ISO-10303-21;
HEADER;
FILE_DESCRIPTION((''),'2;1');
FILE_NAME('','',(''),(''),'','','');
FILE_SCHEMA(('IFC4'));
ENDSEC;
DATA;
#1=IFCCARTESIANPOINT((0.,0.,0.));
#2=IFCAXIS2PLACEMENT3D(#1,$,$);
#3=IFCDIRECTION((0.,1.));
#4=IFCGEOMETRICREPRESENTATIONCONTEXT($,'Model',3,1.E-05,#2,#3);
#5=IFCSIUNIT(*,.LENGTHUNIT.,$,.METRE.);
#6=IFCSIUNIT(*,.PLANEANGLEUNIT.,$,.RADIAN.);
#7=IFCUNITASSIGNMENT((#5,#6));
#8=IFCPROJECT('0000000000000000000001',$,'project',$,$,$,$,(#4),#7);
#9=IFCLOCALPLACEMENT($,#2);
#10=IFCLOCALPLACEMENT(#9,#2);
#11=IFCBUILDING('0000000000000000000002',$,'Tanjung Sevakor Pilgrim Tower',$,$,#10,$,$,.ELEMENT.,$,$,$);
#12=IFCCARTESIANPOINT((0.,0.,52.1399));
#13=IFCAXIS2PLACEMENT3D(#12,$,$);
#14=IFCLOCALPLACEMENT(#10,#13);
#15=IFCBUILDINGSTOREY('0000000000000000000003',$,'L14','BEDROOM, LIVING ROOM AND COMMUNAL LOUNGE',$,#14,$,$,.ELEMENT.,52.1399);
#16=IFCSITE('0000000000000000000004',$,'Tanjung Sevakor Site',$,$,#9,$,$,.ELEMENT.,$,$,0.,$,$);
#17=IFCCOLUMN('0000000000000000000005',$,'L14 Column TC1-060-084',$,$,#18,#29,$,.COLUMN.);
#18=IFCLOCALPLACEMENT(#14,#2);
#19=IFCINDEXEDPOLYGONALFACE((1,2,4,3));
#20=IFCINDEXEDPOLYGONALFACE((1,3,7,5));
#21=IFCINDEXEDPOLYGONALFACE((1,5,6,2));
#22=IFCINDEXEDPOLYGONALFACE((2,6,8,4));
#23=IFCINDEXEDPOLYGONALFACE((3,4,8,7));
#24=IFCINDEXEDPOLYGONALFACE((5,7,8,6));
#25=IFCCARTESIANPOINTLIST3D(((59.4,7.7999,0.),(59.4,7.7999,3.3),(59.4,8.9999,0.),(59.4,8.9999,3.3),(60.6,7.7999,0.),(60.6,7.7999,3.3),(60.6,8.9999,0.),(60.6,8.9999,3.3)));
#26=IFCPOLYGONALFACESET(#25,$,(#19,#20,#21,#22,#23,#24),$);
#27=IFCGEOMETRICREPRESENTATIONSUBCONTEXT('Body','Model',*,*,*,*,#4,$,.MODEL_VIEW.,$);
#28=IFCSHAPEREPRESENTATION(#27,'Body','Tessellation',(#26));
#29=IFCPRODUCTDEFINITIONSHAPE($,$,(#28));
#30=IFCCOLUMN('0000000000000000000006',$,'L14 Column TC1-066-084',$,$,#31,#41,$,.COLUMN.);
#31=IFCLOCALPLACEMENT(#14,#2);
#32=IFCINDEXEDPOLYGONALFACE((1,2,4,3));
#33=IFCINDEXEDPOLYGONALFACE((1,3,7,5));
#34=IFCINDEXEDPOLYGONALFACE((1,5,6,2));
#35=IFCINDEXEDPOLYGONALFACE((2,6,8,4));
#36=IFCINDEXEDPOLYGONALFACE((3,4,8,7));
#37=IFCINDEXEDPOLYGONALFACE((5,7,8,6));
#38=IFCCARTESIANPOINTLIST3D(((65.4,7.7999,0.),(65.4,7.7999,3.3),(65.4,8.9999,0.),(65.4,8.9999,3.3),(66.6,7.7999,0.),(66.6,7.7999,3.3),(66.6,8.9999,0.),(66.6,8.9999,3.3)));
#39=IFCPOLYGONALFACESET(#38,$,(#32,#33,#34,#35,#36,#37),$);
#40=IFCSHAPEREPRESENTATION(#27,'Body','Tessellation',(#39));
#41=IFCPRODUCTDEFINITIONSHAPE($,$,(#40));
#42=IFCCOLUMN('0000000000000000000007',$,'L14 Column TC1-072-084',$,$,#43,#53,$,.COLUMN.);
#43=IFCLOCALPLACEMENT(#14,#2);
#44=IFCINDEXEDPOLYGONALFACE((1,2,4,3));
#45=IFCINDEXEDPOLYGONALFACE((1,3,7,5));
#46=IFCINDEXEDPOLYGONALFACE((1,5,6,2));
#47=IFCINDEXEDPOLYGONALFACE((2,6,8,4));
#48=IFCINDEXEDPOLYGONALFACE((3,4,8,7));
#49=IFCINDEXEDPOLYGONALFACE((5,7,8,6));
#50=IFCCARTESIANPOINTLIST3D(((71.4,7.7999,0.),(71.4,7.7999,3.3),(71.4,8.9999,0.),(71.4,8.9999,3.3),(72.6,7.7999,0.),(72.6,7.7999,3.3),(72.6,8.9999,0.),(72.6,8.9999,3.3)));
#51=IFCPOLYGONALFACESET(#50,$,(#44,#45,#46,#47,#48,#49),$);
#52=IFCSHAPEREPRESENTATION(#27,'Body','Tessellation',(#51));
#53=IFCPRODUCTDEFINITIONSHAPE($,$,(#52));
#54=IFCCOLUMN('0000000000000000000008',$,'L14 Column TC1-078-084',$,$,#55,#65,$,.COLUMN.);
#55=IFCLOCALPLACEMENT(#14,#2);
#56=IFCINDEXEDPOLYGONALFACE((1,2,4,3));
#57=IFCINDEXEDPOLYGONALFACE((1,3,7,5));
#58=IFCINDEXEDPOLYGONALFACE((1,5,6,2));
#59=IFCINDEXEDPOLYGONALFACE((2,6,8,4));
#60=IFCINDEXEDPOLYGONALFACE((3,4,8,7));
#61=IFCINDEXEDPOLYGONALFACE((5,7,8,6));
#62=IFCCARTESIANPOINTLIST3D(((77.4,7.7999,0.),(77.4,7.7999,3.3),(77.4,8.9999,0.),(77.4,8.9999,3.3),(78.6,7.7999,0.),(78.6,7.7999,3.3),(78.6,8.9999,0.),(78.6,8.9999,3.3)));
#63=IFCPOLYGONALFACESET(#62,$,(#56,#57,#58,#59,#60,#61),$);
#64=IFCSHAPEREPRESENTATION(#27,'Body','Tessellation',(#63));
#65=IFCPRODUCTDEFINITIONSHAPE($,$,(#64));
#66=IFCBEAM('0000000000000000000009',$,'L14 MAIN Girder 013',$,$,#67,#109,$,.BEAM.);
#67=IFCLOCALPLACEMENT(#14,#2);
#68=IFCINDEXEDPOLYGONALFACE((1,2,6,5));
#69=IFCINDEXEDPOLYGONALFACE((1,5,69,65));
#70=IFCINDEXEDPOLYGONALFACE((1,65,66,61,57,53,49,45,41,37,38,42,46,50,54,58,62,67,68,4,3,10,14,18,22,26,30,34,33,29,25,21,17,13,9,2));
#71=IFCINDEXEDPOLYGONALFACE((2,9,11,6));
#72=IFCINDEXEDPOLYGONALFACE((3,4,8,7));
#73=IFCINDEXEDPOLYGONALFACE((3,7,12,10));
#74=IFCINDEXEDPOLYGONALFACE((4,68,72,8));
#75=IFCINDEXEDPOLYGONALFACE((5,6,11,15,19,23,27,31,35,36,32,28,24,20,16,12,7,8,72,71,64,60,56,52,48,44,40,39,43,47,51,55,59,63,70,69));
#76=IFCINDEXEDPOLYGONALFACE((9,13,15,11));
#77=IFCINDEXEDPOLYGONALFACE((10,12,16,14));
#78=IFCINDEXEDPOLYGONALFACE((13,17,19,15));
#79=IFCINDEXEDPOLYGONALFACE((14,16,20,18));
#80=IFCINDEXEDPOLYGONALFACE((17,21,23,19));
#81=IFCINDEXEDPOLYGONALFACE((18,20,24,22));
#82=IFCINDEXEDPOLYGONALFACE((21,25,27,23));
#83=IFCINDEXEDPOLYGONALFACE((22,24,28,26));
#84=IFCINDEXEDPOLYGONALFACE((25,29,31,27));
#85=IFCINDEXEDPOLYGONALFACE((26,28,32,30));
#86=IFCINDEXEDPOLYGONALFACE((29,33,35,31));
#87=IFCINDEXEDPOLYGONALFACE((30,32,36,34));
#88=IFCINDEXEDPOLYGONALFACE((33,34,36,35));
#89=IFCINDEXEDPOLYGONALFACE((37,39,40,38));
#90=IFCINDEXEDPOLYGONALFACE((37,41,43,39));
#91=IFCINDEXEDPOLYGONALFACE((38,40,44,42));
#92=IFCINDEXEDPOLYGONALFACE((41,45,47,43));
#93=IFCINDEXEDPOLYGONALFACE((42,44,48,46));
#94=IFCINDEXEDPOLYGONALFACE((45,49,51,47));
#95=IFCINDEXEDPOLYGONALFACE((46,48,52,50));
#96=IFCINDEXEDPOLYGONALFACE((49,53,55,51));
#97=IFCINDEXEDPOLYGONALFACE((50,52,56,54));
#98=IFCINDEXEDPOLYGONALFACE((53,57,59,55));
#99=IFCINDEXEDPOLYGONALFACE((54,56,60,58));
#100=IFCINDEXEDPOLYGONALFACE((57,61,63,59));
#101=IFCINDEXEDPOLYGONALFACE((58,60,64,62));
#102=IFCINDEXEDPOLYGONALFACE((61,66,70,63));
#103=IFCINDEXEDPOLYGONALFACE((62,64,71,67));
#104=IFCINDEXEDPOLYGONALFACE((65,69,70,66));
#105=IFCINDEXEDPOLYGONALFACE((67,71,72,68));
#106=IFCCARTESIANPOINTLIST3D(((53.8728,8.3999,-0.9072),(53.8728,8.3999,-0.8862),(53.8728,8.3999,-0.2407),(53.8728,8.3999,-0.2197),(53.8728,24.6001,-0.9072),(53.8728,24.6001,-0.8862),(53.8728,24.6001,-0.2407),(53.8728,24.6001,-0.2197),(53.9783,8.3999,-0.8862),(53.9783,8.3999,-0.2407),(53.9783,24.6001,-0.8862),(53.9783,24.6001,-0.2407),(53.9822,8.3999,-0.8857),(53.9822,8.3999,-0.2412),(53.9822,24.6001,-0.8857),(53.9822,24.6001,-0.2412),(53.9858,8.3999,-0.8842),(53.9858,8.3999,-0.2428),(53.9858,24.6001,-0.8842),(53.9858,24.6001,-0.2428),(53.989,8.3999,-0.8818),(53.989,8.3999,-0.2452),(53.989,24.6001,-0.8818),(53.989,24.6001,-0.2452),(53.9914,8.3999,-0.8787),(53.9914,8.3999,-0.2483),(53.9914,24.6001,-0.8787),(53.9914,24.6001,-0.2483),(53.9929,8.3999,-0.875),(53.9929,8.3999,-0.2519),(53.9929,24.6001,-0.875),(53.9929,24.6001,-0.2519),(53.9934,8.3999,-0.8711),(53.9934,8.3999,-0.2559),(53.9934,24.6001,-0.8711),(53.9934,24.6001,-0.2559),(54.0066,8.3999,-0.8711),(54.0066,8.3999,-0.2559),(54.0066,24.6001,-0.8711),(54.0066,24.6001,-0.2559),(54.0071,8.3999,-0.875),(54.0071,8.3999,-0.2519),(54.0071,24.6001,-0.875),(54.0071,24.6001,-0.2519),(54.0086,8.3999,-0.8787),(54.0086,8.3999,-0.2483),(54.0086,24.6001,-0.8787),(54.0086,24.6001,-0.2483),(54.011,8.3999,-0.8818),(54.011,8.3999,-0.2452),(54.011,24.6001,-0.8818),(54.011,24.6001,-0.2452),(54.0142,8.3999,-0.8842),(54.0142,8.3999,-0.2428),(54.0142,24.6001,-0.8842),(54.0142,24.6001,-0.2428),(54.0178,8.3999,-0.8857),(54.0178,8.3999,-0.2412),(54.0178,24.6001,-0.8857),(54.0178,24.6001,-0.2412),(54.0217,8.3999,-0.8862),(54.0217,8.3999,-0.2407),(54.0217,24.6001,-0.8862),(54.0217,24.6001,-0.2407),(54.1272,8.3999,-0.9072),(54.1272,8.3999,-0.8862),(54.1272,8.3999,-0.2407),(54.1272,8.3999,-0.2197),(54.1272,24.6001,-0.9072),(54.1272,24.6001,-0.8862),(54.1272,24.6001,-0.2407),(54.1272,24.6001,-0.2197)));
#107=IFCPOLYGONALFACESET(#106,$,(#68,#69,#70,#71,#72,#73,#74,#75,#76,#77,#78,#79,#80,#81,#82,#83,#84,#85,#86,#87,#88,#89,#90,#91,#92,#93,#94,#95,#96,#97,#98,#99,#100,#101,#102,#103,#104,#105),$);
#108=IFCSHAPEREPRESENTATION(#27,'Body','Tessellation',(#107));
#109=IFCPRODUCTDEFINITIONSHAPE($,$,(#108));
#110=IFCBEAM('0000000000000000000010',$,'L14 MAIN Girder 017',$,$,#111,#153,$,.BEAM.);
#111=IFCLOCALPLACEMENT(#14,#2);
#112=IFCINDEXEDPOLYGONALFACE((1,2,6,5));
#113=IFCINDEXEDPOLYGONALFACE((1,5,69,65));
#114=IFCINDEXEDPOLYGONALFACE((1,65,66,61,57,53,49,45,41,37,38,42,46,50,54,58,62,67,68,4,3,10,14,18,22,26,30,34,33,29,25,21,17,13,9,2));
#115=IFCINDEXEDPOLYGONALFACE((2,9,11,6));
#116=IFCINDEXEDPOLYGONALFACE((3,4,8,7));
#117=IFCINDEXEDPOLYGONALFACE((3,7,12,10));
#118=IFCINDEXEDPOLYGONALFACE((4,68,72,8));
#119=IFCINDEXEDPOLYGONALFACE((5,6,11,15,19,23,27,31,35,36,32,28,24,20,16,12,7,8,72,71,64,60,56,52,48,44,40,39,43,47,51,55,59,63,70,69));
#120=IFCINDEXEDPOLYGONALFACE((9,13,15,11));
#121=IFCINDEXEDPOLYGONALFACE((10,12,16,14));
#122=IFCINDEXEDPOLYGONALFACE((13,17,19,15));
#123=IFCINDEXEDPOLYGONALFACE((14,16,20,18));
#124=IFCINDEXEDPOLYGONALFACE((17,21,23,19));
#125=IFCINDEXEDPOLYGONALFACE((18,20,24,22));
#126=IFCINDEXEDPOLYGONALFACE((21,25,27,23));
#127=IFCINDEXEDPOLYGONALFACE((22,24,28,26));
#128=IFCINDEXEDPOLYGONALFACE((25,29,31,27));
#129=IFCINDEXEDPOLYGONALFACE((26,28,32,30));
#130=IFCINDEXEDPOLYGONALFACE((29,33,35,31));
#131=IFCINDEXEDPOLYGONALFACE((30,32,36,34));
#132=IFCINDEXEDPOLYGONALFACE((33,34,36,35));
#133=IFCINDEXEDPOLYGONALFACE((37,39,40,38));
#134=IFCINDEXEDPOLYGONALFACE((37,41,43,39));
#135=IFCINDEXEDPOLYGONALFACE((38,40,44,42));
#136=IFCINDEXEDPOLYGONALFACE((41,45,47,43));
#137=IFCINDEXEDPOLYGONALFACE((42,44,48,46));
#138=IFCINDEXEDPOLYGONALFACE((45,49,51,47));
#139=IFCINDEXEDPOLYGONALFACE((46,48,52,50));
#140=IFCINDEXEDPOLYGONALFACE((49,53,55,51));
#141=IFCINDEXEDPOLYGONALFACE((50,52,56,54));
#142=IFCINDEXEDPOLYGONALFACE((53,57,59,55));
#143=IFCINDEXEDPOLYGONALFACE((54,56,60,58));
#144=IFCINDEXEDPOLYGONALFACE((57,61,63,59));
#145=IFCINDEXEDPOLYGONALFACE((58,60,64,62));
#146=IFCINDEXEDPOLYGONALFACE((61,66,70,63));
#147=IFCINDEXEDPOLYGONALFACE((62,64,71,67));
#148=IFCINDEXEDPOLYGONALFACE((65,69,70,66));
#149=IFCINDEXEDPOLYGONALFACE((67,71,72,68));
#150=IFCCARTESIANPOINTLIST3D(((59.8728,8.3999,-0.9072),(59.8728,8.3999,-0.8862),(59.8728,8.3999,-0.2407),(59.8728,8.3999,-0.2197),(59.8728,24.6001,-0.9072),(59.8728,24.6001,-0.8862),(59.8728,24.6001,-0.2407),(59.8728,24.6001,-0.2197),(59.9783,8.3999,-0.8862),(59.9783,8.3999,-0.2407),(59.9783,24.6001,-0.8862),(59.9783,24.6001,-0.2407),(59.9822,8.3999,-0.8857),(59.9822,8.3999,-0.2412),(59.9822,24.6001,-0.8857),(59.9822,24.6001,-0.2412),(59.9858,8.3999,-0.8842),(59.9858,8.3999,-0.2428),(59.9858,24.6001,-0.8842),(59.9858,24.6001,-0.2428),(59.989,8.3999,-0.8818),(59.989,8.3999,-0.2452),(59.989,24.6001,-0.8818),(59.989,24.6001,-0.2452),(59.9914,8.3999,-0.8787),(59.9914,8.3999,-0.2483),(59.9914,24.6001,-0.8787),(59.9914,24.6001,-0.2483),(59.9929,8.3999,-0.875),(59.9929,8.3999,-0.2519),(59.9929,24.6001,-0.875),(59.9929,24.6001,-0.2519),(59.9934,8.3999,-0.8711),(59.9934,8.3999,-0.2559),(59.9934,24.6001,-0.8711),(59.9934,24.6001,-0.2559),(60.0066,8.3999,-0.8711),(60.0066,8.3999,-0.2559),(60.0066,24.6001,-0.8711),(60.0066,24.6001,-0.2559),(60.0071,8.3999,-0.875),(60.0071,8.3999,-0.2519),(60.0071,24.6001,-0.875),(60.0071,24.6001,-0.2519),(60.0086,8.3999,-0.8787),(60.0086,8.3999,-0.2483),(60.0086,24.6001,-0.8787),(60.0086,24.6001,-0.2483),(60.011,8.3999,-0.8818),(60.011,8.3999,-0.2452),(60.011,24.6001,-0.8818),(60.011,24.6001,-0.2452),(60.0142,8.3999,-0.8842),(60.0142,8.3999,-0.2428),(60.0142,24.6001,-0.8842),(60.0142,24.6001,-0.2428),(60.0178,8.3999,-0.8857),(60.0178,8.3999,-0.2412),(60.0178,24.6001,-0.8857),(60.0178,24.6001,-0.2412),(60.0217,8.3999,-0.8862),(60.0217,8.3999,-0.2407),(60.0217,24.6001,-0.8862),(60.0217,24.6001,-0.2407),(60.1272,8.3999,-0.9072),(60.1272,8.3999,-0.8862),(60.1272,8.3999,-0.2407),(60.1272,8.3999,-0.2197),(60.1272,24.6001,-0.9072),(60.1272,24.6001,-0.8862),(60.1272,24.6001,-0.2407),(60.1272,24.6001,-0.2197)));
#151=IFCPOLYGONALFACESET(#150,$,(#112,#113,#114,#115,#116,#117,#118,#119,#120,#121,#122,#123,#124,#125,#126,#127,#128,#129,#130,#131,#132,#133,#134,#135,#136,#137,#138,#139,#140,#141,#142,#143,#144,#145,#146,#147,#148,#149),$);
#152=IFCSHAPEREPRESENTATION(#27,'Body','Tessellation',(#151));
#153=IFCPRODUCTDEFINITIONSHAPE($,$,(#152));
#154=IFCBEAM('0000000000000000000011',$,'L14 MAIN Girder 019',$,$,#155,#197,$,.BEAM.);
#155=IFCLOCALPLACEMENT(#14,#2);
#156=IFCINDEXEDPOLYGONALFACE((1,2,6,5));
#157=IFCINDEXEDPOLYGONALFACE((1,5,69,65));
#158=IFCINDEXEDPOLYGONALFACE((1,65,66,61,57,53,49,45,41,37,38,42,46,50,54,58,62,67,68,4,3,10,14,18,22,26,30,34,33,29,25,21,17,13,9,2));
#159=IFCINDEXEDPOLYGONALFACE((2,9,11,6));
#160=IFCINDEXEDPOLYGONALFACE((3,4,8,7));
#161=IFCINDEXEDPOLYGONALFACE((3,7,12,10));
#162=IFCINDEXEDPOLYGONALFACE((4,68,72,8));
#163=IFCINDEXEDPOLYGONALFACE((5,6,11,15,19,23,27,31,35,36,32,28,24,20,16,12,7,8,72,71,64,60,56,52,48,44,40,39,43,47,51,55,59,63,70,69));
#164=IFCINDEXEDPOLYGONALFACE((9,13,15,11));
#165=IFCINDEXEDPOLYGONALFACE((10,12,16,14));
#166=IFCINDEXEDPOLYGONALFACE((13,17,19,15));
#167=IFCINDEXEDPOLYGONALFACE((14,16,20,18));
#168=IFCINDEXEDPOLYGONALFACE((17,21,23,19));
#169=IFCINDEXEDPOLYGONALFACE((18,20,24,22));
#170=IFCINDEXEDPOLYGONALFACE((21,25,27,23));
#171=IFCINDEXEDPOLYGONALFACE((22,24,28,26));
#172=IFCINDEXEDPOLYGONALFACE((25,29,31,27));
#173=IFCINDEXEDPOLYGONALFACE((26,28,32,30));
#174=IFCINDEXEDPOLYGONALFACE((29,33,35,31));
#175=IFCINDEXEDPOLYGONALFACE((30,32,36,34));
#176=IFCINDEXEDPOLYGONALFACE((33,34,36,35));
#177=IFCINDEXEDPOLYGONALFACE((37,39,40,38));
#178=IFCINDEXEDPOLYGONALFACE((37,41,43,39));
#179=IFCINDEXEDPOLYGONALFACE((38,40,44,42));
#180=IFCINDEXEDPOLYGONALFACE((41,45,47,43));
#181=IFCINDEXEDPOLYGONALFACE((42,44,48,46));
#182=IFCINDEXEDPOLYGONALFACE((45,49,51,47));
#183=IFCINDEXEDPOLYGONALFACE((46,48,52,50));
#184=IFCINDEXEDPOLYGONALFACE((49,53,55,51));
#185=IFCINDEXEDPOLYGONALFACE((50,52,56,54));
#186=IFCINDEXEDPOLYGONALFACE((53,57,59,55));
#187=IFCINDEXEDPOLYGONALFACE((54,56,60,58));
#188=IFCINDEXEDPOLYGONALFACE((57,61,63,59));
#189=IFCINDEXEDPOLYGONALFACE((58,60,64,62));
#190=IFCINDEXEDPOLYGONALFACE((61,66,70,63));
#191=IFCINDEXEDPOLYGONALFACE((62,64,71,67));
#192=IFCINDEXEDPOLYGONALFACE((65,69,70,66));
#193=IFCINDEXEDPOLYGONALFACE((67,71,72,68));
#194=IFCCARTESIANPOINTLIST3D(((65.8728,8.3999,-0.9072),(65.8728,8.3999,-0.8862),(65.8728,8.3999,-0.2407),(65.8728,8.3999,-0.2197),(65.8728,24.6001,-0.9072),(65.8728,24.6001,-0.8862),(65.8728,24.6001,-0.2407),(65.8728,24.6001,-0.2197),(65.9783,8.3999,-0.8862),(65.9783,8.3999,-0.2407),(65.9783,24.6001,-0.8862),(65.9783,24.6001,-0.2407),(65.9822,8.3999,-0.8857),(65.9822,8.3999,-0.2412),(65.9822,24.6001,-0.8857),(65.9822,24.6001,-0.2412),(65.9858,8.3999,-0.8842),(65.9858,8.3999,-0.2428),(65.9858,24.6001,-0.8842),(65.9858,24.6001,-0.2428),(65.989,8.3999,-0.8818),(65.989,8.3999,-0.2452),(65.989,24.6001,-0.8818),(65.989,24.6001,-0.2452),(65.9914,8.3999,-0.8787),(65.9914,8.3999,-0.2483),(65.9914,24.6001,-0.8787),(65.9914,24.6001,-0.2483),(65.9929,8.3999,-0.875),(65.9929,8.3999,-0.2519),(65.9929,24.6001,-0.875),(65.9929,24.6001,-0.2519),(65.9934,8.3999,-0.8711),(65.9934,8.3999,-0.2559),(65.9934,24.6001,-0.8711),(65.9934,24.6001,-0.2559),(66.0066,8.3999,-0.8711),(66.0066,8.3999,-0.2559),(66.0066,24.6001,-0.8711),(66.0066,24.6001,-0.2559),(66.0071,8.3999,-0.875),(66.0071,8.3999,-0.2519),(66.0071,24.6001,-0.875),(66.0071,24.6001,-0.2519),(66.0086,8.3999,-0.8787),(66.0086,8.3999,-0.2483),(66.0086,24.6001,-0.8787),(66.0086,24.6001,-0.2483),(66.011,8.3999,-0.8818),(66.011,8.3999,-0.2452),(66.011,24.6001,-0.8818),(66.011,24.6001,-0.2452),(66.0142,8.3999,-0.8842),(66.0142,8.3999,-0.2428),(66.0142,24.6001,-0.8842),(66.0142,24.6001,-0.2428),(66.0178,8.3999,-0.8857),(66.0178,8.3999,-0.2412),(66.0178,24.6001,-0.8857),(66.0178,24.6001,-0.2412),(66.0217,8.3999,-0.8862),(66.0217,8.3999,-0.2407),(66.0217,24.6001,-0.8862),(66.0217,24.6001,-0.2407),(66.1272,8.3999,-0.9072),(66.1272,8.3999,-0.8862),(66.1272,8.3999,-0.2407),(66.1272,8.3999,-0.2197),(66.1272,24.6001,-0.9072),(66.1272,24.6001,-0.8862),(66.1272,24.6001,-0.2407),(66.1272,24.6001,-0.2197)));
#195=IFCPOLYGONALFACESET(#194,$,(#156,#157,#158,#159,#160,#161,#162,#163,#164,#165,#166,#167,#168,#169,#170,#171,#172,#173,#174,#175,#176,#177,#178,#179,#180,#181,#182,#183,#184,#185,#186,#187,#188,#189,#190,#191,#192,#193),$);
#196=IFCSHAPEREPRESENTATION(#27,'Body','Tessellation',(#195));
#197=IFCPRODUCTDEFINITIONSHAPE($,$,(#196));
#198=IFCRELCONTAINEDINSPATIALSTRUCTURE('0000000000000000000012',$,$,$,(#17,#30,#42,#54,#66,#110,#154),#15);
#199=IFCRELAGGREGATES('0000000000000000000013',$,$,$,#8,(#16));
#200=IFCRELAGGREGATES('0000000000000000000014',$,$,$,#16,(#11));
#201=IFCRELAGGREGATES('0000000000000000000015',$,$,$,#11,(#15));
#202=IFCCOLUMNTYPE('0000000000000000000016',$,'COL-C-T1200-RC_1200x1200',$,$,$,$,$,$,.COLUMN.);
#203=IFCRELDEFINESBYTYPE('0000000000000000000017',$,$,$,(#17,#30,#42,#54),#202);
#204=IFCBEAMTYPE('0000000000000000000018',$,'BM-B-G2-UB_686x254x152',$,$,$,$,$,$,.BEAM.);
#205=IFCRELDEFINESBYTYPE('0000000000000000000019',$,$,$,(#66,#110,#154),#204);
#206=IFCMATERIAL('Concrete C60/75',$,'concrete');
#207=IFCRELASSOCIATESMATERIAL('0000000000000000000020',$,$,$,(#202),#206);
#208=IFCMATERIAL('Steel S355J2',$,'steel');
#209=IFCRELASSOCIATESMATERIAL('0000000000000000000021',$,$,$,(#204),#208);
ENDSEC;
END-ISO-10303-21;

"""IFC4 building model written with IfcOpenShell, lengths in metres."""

from ifc_helpers import new_model, si_unit, direction, frame, origin, origin_2d, place, context, subcontext, project, spatial, rectangle, i_section, extrude, material, material_profile, profile_set, type_object, element, save


model = new_model("IFC4")

# Units and contexts
model_context = context("Model", 3, precision=1e-05, world=origin(), true_north=direction((0.0, 1.0)))
body_context = subcontext(model_context, "Body", "Model", "MODEL_VIEW")
ifc_project = project(units=[si_unit("LENGTHUNIT", "METRE"), si_unit("PLANEANGLEUNIT", "RADIAN")], contexts=[model_context])

# Site, building, storey
site_placement = place(None, origin())
site = spatial("IfcSite", under=ifc_project, at=site_placement, Name="Tanjung Sevakor Site", CompositionType="ELEMENT", RefElevation=0.0)
building_placement = place(site_placement, origin())
building = spatial("IfcBuilding", under=site, at=building_placement, Name="Tanjung Sevakor Pilgrim Tower", CompositionType="ELEMENT")
storey_placement = place(building_placement, frame((0.0, 0.0, 52.1399)))
storey = spatial("IfcBuildingStorey", under=building, at=storey_placement, Name="L14", Description="BEDROOM, LIVING ROOM AND COMMUNAL LOUNGE", CompositionType="ELEMENT", Elevation=52.1399)

# Columns
ifc_material_1 = material(Name="Concrete C60/75", Category="concrete")
ifc_material_profile_1 = material_profile(ifc_material_1, rectangle(XDim=1.2, YDim=1.2, at=origin_2d()))
ifc_profile_set_1 = profile_set([ifc_material_profile_1], Name="Concrete C60/75")
column_type = type_object("IfcColumnType", Name="COL-C-T1200-RC_1200x1200", PredefinedType="COLUMN", material=ifc_profile_set_1)
for number, where, z_axis, x_axis, name in (
    (1, (60.0, 8.3999, 0.0), (0.0, 0.0, 1.0), (1.0, 0.0, 0.0), "L14 Column TC1-060-084"),
    (2, (66.0, 8.3999, 0.0), (0.0, 0.0, 1.0), (1.0, 0.0, 0.0), "L14 Column TC1-066-084"),
    (3, (72.0, 8.3999, 0.0), (0.0, 0.0, 1.0), (1.0, 0.0, 0.0), "L14 Column TC1-072-084"),
    (4, (78.0, 8.3999, 0.0), (0.0, 0.0, 1.0), (1.0, 0.0, 0.0), "L14 Column TC1-078-084"),
):
    element("IfcColumn", number, at=place(storey_placement, frame(where, z_axis=z_axis, x_axis=x_axis)), inside=storey, type_object=column_type, Name=name, PredefinedType="COLUMN", context=body_context, shape_type="SweptSolid", body=[
        extrude(rectangle(XDim=1.2, YDim=1.2, at=origin_2d()), origin(), (0.0, 0.0, 1.0), 3.3),
    ])

# Beams
ifc_material_2 = material(Name="Steel S355J2", Category="steel")
ifc_material_profile_2 = material_profile(ifc_material_2, i_section(OverallWidth=0.2544, OverallDepth=0.6875, WebThickness=0.0132, FlangeThickness=0.021, FilletRadius=0.0151, at=origin_2d()))
ifc_profile_set_2 = profile_set([ifc_material_profile_2], Name="Steel S355J2")
beam_type_1 = type_object("IfcBeamType", Name="BM-B-G2-UB_686x254x152", PredefinedType="BEAM", material=ifc_profile_set_2)
for number, where, z_axis, x_axis, name in (
    (5, (54.0, 8.3999, -0.5635), (0.0, 1.0, 0.0), (-1.0, 0.0, 0.0), "L14 MAIN Girder 013"),
    (6, (60.0, 8.3999, -0.5635), (0.0, 1.0, 0.0), (-1.0, 0.0, 0.0), "L14 MAIN Girder 017"),
    (7, (66.0, 8.3999, -0.5635), (0.0, 1.0, 0.0), (-1.0, 0.0, 0.0), "L14 MAIN Girder 019"),
):
    element("IfcBeam", number, at=place(storey_placement, frame(where, z_axis=z_axis, x_axis=x_axis)), inside=storey, type_object=beam_type_1, Name=name, PredefinedType="BEAM", context=body_context, shape_type="SweptSolid", body=[
        extrude(i_section(OverallWidth=0.2544, OverallDepth=0.6875, WebThickness=0.0132, FlangeThickness=0.021, FilletRadius=0.0151, at=origin_2d()), origin(), (0.0, 0.0, 1.0), 16.2002),
    ])

save(model, "model.ifc")
